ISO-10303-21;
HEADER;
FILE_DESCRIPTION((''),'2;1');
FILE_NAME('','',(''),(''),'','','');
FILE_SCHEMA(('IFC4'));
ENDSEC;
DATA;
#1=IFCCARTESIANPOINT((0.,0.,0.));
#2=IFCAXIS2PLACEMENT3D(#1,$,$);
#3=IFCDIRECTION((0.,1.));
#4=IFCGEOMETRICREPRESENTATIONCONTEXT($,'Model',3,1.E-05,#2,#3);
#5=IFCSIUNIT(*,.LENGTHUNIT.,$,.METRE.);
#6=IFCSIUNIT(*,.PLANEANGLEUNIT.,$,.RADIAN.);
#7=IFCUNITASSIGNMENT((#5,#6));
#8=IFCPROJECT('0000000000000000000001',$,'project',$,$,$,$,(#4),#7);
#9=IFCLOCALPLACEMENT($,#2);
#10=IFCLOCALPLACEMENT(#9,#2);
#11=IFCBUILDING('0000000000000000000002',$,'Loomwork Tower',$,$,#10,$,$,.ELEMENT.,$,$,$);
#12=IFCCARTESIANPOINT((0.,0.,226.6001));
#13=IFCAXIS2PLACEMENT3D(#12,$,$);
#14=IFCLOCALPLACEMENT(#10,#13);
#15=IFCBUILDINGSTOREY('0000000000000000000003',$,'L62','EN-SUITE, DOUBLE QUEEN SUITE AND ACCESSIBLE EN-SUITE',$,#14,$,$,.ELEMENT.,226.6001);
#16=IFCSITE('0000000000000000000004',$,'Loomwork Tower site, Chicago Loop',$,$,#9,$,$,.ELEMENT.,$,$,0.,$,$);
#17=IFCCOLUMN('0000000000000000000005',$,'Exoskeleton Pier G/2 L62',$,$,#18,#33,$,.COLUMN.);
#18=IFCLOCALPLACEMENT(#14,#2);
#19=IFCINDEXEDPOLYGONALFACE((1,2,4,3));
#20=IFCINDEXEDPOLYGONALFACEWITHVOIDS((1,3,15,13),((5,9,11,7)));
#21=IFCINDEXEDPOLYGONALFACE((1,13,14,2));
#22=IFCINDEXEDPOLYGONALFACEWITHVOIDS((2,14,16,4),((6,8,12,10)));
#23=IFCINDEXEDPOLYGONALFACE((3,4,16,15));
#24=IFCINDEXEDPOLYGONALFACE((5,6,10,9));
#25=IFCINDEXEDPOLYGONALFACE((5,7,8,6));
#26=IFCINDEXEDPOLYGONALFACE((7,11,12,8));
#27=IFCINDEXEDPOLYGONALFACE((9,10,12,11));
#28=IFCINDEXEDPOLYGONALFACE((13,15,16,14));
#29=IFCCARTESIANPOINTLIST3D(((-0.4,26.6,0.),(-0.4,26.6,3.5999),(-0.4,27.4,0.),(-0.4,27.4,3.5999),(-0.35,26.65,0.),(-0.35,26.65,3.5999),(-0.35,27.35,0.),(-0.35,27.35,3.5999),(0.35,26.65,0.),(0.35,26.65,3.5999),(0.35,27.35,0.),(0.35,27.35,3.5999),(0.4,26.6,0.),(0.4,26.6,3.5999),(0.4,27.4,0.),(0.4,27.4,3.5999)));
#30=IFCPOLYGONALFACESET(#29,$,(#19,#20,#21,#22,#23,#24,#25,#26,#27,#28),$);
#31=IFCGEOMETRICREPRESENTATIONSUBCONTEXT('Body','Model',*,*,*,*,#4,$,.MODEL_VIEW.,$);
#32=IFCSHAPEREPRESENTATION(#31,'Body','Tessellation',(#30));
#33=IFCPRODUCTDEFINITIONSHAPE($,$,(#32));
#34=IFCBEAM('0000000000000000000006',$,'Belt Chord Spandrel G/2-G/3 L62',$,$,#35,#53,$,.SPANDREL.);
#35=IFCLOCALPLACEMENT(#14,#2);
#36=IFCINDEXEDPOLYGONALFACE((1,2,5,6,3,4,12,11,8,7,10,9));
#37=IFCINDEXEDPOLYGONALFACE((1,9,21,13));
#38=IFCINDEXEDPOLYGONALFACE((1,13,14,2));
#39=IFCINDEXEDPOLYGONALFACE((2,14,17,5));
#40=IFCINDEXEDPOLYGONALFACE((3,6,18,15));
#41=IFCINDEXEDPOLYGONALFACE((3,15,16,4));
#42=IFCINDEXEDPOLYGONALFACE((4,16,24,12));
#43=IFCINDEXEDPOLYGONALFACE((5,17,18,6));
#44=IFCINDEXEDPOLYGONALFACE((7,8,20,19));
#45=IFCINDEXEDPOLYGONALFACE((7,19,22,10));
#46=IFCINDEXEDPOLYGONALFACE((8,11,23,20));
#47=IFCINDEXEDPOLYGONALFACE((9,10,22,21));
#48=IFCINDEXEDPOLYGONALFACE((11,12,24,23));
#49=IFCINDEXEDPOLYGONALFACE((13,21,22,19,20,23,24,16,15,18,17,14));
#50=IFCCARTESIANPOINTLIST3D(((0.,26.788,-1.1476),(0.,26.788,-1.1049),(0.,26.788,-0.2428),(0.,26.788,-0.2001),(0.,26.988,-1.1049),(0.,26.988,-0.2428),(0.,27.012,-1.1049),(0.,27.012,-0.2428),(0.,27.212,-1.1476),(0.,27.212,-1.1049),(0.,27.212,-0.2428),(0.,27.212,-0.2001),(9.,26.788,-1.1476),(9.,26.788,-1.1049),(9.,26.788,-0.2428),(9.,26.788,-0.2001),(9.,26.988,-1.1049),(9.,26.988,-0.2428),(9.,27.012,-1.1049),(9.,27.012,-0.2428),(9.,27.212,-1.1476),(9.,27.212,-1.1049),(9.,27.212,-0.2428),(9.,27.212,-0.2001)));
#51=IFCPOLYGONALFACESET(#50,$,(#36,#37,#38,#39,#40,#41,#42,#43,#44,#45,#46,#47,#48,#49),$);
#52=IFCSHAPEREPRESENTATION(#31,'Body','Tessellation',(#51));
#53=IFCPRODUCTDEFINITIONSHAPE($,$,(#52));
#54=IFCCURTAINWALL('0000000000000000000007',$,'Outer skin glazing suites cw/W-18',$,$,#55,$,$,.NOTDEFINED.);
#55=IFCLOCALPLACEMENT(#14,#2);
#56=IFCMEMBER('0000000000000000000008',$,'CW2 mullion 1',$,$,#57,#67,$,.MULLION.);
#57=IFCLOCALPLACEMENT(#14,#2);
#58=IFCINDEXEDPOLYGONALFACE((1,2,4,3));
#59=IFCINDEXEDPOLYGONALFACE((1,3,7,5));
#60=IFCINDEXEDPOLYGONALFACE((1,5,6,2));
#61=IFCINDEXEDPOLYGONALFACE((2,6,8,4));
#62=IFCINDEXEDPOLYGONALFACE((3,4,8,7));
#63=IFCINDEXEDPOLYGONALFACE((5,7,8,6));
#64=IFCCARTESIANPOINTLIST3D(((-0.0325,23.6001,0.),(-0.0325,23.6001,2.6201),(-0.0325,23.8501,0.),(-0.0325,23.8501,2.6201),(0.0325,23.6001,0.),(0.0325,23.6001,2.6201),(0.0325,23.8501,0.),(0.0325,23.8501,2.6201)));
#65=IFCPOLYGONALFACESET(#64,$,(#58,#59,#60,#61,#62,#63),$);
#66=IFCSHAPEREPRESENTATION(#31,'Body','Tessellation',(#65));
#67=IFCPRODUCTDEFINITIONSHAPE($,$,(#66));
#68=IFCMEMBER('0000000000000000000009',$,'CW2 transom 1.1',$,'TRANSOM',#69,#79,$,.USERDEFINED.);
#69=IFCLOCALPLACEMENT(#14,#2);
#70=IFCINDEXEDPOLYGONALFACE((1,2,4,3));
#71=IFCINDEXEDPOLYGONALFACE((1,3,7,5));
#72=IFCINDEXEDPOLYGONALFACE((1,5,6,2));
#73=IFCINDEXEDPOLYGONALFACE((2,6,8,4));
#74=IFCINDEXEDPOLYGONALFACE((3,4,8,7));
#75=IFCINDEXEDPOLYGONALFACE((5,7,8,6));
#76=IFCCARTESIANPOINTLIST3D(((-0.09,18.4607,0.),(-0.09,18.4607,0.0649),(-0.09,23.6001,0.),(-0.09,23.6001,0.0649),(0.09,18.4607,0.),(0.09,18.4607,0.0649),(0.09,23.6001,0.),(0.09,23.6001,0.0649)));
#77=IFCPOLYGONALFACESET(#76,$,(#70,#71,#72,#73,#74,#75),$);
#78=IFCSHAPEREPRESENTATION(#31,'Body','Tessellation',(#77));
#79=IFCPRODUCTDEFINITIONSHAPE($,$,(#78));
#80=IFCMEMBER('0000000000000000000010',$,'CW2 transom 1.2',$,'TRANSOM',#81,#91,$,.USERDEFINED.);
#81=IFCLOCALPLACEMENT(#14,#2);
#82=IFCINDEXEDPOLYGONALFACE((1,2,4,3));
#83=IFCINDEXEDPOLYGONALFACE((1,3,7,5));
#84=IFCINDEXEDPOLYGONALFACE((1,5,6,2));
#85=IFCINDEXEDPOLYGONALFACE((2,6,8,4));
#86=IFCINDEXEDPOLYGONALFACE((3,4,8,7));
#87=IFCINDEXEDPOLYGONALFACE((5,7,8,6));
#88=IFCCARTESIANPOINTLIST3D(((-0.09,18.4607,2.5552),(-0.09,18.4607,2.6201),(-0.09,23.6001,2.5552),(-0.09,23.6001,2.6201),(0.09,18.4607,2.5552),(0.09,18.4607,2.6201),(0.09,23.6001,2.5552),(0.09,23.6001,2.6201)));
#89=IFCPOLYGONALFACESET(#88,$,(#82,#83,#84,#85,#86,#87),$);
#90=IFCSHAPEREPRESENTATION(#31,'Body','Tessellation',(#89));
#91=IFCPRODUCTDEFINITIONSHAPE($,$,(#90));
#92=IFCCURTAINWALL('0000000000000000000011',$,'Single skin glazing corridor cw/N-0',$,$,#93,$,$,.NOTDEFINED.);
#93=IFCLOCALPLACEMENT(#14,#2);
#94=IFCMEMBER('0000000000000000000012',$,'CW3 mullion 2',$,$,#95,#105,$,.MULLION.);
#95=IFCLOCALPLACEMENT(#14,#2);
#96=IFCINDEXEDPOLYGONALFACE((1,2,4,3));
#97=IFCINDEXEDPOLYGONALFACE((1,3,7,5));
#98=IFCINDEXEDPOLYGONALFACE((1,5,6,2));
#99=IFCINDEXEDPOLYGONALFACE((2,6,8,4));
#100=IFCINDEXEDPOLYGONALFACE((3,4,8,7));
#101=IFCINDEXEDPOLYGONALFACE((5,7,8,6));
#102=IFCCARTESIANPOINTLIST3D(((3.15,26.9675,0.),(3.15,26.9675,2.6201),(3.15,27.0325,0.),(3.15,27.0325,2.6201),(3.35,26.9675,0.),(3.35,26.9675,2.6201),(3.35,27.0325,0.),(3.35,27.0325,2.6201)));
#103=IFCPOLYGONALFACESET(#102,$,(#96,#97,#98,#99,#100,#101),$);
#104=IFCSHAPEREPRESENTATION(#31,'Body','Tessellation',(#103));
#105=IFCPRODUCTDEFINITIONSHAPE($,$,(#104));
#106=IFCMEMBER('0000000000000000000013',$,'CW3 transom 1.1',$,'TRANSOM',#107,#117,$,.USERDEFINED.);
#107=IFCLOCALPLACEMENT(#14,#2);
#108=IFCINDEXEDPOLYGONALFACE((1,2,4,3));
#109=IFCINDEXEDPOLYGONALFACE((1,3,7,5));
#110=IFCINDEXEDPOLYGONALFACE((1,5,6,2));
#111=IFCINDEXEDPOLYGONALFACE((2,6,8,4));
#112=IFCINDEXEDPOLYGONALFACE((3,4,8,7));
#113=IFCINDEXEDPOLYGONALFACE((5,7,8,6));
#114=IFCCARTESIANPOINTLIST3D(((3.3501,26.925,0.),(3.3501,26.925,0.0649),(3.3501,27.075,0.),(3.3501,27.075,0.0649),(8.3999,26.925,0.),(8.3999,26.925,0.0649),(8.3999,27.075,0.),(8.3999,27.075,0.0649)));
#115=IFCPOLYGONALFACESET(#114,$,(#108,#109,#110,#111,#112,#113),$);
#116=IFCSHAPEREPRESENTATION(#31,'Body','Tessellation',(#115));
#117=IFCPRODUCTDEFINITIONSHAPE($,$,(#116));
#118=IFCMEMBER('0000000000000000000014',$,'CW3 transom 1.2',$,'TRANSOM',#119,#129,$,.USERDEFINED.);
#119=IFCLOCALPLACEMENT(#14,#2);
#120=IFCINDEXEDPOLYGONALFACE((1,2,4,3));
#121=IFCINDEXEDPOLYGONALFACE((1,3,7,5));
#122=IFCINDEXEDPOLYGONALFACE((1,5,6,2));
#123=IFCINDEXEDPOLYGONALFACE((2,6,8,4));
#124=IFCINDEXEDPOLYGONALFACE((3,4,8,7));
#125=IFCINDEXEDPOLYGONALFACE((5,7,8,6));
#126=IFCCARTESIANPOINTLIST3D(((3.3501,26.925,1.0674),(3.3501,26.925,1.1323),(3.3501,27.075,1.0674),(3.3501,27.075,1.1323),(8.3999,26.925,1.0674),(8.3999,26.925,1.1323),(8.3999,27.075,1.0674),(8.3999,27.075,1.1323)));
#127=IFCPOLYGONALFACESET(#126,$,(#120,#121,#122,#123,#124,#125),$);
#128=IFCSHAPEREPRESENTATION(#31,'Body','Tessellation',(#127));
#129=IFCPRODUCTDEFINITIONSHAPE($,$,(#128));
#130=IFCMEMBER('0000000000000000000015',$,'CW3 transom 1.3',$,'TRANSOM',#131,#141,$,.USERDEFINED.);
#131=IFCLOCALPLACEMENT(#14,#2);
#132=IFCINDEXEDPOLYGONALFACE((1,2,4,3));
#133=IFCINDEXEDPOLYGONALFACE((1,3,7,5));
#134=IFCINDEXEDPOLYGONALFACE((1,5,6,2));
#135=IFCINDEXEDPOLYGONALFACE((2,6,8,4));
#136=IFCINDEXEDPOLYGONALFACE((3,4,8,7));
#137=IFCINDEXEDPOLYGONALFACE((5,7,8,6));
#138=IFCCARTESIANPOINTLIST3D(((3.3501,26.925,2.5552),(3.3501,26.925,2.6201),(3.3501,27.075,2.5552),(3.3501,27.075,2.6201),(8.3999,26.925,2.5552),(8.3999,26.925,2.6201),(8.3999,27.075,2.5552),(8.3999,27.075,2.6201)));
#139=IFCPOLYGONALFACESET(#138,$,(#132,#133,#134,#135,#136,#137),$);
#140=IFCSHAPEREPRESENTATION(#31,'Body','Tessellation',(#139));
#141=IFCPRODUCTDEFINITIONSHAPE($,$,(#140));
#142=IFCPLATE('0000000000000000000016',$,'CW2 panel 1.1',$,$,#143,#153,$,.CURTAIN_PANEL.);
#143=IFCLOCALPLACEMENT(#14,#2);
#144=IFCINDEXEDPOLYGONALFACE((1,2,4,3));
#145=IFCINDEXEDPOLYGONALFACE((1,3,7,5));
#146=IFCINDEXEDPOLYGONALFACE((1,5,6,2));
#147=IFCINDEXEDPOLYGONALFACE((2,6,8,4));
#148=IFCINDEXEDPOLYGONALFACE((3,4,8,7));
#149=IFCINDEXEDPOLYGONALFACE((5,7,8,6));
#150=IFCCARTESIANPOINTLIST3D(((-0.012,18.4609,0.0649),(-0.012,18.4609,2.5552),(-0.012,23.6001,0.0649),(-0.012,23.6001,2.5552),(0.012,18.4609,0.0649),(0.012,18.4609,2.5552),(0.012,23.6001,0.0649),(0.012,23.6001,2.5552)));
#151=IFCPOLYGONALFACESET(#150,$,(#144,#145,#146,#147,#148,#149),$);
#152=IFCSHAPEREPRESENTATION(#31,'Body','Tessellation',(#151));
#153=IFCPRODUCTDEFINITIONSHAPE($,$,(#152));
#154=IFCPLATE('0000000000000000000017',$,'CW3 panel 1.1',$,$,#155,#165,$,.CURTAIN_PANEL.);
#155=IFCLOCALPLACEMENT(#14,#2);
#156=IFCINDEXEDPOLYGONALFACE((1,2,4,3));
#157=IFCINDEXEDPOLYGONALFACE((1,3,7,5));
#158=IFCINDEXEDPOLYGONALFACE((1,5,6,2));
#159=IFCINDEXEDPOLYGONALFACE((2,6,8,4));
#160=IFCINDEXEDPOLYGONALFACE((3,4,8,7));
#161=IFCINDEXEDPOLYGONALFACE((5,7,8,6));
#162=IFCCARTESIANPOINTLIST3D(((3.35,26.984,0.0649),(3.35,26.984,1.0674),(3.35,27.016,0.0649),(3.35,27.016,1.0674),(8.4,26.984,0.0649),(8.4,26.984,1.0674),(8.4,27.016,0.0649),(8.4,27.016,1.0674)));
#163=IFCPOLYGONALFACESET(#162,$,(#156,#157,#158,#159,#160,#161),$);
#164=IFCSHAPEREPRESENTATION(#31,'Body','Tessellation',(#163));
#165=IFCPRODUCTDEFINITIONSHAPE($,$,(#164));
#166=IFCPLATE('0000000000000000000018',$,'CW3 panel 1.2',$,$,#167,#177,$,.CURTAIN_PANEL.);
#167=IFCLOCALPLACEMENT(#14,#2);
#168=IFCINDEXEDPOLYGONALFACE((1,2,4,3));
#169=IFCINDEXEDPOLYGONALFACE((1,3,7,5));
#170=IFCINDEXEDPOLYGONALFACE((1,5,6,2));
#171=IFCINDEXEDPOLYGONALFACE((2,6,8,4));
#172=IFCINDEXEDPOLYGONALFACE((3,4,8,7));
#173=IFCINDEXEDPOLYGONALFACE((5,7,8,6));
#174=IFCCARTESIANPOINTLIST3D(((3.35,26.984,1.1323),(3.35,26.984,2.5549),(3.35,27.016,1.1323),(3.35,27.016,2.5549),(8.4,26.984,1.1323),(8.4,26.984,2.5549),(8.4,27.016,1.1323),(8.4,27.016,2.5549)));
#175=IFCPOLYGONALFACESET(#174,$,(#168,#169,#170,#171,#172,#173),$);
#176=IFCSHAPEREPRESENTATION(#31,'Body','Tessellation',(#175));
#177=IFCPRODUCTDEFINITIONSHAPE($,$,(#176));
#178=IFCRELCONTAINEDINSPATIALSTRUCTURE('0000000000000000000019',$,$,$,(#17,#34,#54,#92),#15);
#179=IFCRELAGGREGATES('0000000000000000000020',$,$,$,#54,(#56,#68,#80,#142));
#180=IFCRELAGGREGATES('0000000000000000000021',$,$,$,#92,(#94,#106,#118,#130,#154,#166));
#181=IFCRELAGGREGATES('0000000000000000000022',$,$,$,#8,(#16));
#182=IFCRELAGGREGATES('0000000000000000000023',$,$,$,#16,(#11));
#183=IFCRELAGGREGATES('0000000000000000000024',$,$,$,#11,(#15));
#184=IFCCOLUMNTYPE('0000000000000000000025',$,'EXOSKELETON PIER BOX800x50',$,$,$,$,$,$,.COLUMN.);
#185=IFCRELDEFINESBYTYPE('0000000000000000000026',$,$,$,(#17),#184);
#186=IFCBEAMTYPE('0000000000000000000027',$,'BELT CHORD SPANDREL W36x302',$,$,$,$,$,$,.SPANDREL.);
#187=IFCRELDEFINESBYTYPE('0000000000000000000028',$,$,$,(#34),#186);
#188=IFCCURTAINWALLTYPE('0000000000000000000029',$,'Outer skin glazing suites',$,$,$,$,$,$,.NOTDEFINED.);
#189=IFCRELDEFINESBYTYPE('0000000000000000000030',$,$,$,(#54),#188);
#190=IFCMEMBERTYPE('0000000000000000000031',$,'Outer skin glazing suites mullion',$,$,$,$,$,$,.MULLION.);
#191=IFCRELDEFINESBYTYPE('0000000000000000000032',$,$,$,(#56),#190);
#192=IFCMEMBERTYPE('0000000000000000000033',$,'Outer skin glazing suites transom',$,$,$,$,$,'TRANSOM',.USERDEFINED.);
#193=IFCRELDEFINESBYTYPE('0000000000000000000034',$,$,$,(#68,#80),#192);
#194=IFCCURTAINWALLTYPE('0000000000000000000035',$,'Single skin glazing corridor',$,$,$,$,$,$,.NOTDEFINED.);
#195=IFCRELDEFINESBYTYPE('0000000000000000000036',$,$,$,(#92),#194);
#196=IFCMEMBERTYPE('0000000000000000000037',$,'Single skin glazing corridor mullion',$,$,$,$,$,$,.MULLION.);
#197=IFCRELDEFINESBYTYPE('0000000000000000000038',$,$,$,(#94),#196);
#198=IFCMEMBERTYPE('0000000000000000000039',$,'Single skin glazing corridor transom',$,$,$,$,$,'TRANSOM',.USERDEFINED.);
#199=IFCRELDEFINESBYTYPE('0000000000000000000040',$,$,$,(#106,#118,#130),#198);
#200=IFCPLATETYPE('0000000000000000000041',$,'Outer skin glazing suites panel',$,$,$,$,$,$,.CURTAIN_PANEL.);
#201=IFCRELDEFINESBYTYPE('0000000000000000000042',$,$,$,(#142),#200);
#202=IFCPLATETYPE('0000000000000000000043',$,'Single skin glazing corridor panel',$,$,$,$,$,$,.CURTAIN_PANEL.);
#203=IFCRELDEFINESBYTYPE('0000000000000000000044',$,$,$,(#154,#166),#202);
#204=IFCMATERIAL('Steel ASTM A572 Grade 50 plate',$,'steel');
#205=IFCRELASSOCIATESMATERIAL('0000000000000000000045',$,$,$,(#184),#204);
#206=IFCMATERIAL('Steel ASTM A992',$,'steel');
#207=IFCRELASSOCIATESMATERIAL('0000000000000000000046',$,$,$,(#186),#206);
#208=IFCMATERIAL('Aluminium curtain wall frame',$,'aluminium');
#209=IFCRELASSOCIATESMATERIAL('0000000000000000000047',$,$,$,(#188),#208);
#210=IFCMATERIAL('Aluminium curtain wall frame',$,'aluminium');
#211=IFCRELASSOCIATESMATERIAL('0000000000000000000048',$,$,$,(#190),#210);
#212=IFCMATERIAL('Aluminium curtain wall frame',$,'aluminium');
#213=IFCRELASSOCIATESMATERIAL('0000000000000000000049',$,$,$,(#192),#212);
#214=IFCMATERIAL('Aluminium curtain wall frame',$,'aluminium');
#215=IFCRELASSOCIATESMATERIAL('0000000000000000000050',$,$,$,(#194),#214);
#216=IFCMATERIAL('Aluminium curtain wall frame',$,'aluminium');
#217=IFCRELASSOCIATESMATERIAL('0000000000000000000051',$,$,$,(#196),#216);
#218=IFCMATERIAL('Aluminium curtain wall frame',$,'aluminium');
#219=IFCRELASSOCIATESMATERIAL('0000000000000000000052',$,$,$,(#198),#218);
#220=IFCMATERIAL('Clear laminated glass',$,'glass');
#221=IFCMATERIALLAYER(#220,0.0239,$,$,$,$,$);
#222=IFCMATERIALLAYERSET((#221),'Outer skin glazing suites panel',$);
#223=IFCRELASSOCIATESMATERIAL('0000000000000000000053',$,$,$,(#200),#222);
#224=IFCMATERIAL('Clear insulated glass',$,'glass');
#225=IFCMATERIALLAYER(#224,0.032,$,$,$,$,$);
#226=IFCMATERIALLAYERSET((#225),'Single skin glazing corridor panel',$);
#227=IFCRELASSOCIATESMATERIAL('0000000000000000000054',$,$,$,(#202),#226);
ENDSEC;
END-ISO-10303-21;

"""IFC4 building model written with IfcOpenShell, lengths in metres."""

from ifc_helpers import new_model, si_unit, direction, frame, origin, origin_2d, place, context, subcontext, project, spatial, rectangle, hollow_rectangle, i_section, extrude, material, layer, layer_set, material_profile, profile_set, type_object, element, aggregate, save


model = new_model("IFC4")

# Units and contexts
model_context = context("Model", 3, precision=1e-05, world=origin(), true_north=direction((0.0, 1.0)))
body_context = subcontext(model_context, "Body", "Model", "MODEL_VIEW")
ifc_project = project(units=[si_unit("LENGTHUNIT", "METRE"), si_unit("PLANEANGLEUNIT", "RADIAN")], contexts=[model_context])

# Site, building, storey
site_placement = place(None, origin())
site = spatial("IfcSite", under=ifc_project, at=site_placement, Name="Loomwork Tower site, Chicago Loop", CompositionType="ELEMENT", RefElevation=0.0)
building_placement = place(site_placement, origin())
building = spatial("IfcBuilding", under=site, at=building_placement, Name="Loomwork Tower", CompositionType="ELEMENT")
storey_placement = place(building_placement, frame((0.0, 0.0, 226.6001)))
storey = spatial("IfcBuildingStorey", under=building, at=storey_placement, Name="L62", Description="EN-SUITE, DOUBLE QUEEN SUITE AND ACCESSIBLE EN-SUITE", CompositionType="ELEMENT", Elevation=226.6001)

# Column
ifc_material_1 = material(Name="Steel ASTM A572 Grade 50 plate", Category="steel")
ifc_material_profile_1 = material_profile(ifc_material_1, hollow_rectangle(XDim=0.8, YDim=0.8, WallThickness=0.05, at=origin_2d()), Name="BOX800x50")
ifc_profile_set_1 = profile_set([ifc_material_profile_1], Name="Steel ASTM A572 Grade 50 plate")
column_type = type_object("IfcColumnType", Name="EXOSKELETON PIER BOX800x50", PredefinedType="COLUMN", material=ifc_profile_set_1)
column_placement = place(storey_placement, frame((0.0, 27.0, 0.0), z_axis=(0.0, 0.0, 1.0), x_axis=(0.0, 1.0, 0.0)))
element("IfcColumn", 1, at=column_placement, inside=storey, type_object=column_type, Name="Exoskeleton Pier G/2 L62", PredefinedType="COLUMN", context=body_context, shape_type="SweptSolid", body=[
    extrude(hollow_rectangle(XDim=0.8, YDim=0.8, WallThickness=0.05, at=origin_2d()), origin(), (0.0, 0.0, 1.0), 3.5999),
])

# Beam
ifc_material_2 = material(Name="Steel ASTM A992", Category="steel")
ifc_material_profile_2 = material_profile(ifc_material_2, i_section(OverallWidth=0.4241, OverallDepth=0.9475, WebThickness=0.0239, FlangeThickness=0.0427, at=origin_2d()), Name="W36x302")
ifc_profile_set_2 = profile_set([ifc_material_profile_2], Name="Steel ASTM A992")
beam_type = type_object("IfcBeamType", Name="BELT CHORD SPANDREL W36x302", PredefinedType="SPANDREL", material=ifc_profile_set_2)
beam_placement = place(storey_placement, frame((0.0, 27.0, -0.6738), z_axis=(1.0, 0.0, 0.0), x_axis=(0.0, 1.0, 0.0)))
element("IfcBeam", 2, at=beam_placement, inside=storey, type_object=beam_type, Name="Belt Chord Spandrel G/2-G/3 L62", PredefinedType="SPANDREL", context=body_context, shape_type="SweptSolid", body=[
    extrude(i_section(OverallWidth=0.4241, OverallDepth=0.9475, WebThickness=0.0239, FlangeThickness=0.0427, at=origin_2d()), origin(), (0.0, 0.0, 1.0), 9.0),
])

# Curtain walls, members
ifc_material_3 = material(Name="Aluminium curtain wall frame", Category="aluminium")
curtain_wall_type_1 = type_object("IfcCurtainWallType", Name="Outer skin glazing suites", PredefinedType="NOTDEFINED", material=ifc_material_3)
curtain_wall_1_placement = place(storey_placement, origin())
curtain_wall_1 = element("IfcCurtainWall", 3, at=curtain_wall_1_placement, inside=storey, type_object=curtain_wall_type_1, Name="Outer skin glazing suites cw/W-18", PredefinedType="NOTDEFINED")
ifc_material_4 = material(Name="Aluminium curtain wall frame", Category="aluminium")
ifc_material_profile_3 = material_profile(ifc_material_4, rectangle(XDim=0.0649, YDim=0.25, at=origin_2d()), Name="AL 65x250")
ifc_profile_set_3 = profile_set([ifc_material_profile_3], Name="Aluminium curtain wall frame")
member_type_1 = type_object("IfcMemberType", Name="Outer skin glazing suites mullion", PredefinedType="MULLION", material=ifc_profile_set_3)
member_1_placement = place(storey_placement, frame((0.0, 23.7251, 0.0), z_axis=(0.0, 0.0, 1.0), x_axis=(1.0, 0.0, 0.0)))
member_1 = element("IfcMember", 4, at=member_1_placement, type_object=member_type_1, Name="CW2 mullion 1", PredefinedType="MULLION", context=body_context, shape_type="SweptSolid", body=[
    extrude(rectangle(XDim=0.0649, YDim=0.25, at=origin_2d()), origin(), (0.0, 0.0, 1.0), 2.6201),
])
ifc_material_5 = material(Name="Aluminium curtain wall frame", Category="aluminium")
ifc_material_profile_4 = material_profile(ifc_material_5, rectangle(XDim=0.1799, YDim=0.0649, at=origin_2d()), Name="AL 65x180")
ifc_profile_set_4 = profile_set([ifc_material_profile_4], Name="Aluminium curtain wall frame")
member_type_2 = type_object("IfcMemberType", Name="Outer skin glazing suites transom", ElementType="TRANSOM", PredefinedType="USERDEFINED", material=ifc_profile_set_4)
member_2_placement = place(storey_placement, frame((0.0, 23.6001, 0.0325), z_axis=(0.0, -1.0, 0.0), x_axis=(1.0, 0.0, 0.0)))
member_2 = element("IfcMember", 5, at=member_2_placement, type_object=member_type_2, Name="CW2 transom 1.1", ObjectType="TRANSOM", PredefinedType="USERDEFINED", context=body_context, shape_type="SweptSolid", body=[
    extrude(rectangle(XDim=0.1799, YDim=0.0649, at=origin_2d()), origin(), (0.0, 0.0, 1.0), 5.1394),
])
member_3_placement = place(storey_placement, frame((0.0, 23.6001, 2.5876), z_axis=(0.0, -1.0, 0.0), x_axis=(1.0, 0.0, 0.0)))
member_3 = element("IfcMember", 6, at=member_3_placement, type_object=member_type_2, Name="CW2 transom 1.2", ObjectType="TRANSOM", PredefinedType="USERDEFINED", context=body_context, shape_type="SweptSolid", body=[
    extrude(rectangle(XDim=0.1799, YDim=0.0649, at=origin_2d()), origin(), (0.0, 0.0, 1.0), 5.1394),
])
ifc_material_6 = material(Name="Aluminium curtain wall frame", Category="aluminium")
curtain_wall_type_2 = type_object("IfcCurtainWallType", Name="Single skin glazing corridor", PredefinedType="NOTDEFINED", material=ifc_material_6)
curtain_wall_2_placement = place(storey_placement, origin())
curtain_wall_2 = element("IfcCurtainWall", 7, at=curtain_wall_2_placement, inside=storey, type_object=curtain_wall_type_2, Name="Single skin glazing corridor cw/N-0", PredefinedType="NOTDEFINED")
ifc_material_7 = material(Name="Aluminium curtain wall frame", Category="aluminium")
ifc_material_profile_5 = material_profile(ifc_material_7, rectangle(XDim=0.0649, YDim=0.2, at=origin_2d()), Name="AL 65x200")
ifc_profile_set_5 = profile_set([ifc_material_profile_5], Name="Aluminium curtain wall frame")
member_type_3 = type_object("IfcMemberType", Name="Single skin glazing corridor mullion", PredefinedType="MULLION", material=ifc_profile_set_5)
member_4_placement = place(storey_placement, frame((3.25, 27.0, 0.0), z_axis=(0.0, 0.0, 1.0), x_axis=(0.0, -1.0, 0.0)))
member_4 = element("IfcMember", 8, at=member_4_placement, type_object=member_type_3, Name="CW3 mullion 2", PredefinedType="MULLION", context=body_context, shape_type="SweptSolid", body=[
    extrude(rectangle(XDim=0.0649, YDim=0.2, at=origin_2d()), origin(), (0.0, 0.0, 1.0), 2.6201),
])
ifc_material_8 = material(Name="Aluminium curtain wall frame", Category="aluminium")
ifc_material_profile_6 = material_profile(ifc_material_8, rectangle(XDim=0.1499, YDim=0.0649, at=origin_2d()), Name="AL 65x150")
ifc_profile_set_6 = profile_set([ifc_material_profile_6], Name="Aluminium curtain wall frame")
member_type_4 = type_object("IfcMemberType", Name="Single skin glazing corridor transom", ElementType="TRANSOM", PredefinedType="USERDEFINED", material=ifc_profile_set_6)
member_5_placement = place(storey_placement, frame((8.3999, 27.0, 0.0325), z_axis=(-1.0, 0.0, 0.0), x_axis=(0.0, -1.0, 0.0)))
member_5 = element("IfcMember", 9, at=member_5_placement, type_object=member_type_4, Name="CW3 transom 1.1", ObjectType="TRANSOM", PredefinedType="USERDEFINED", context=body_context, shape_type="SweptSolid", body=[
    extrude(rectangle(XDim=0.1499, YDim=0.0649, at=origin_2d()), origin(), (0.0, 0.0, 1.0), 5.0498),
])
member_6_placement = place(storey_placement, frame((8.3999, 27.0, 1.0999), z_axis=(-1.0, 0.0, 0.0), x_axis=(0.0, -1.0, 0.0)))
member_6 = element("IfcMember", 10, at=member_6_placement, type_object=member_type_4, Name="CW3 transom 1.2", ObjectType="TRANSOM", PredefinedType="USERDEFINED", context=body_context, shape_type="SweptSolid", body=[
    extrude(rectangle(XDim=0.1499, YDim=0.0649, at=origin_2d()), origin(), (0.0, 0.0, 1.0), 5.0498),
])
member_7_placement = place(storey_placement, frame((8.3999, 27.0, 2.5876), z_axis=(-1.0, 0.0, 0.0), x_axis=(0.0, -1.0, 0.0)))
member_7 = element("IfcMember", 11, at=member_7_placement, type_object=member_type_4, Name="CW3 transom 1.3", ObjectType="TRANSOM", PredefinedType="USERDEFINED", context=body_context, shape_type="SweptSolid", body=[
    extrude(rectangle(XDim=0.1499, YDim=0.0649, at=origin_2d()), origin(), (0.0, 0.0, 1.0), 5.0498),
])

# Plates
ifc_material_9 = material(Name="Clear laminated glass", Category="glass")
ifc_layer_1 = layer(ifc_material_9, 0.0239)
ifc_layer_set_1 = layer_set([ifc_layer_1], Name="Outer skin glazing suites panel")
plate_type_1 = type_object("IfcPlateType", Name="Outer skin glazing suites panel", PredefinedType="CURTAIN_PANEL", material=ifc_layer_set_1)
plate_1_placement = place(storey_placement, frame((0.0, 21.0305, 0.0649), z_axis=(0.0, 0.0, 1.0), x_axis=(0.0, -1.0, 0.0)))
plate_1 = element("IfcPlate", 12, at=plate_1_placement, type_object=plate_type_1, Name="CW2 panel 1.1", PredefinedType="CURTAIN_PANEL", context=body_context, shape_type="SweptSolid", body=[
    extrude(rectangle(XDim=5.1392, YDim=0.0239, at=origin_2d()), origin(), (0.0, 0.0, 1.0), 2.4902),
])
aggregate(curtain_wall_1, [member_1, member_2, member_3, plate_1])
ifc_material_10 = material(Name="Clear insulated glass", Category="glass")
ifc_layer_2 = layer(ifc_material_10, 0.032)
ifc_layer_set_2 = layer_set([ifc_layer_2], Name="Single skin glazing corridor panel")
plate_type_2 = type_object("IfcPlateType", Name="Single skin glazing corridor panel", PredefinedType="CURTAIN_PANEL", material=ifc_layer_set_2)
plate_2_placement = place(storey_placement, frame((5.875, 27.0, 0.0649), z_axis=(0.0, 0.0, 1.0), x_axis=(-1.0, 0.0, 0.0)))
plate_2 = element("IfcPlate", 13, at=plate_2_placement, type_object=plate_type_2, Name="CW3 panel 1.1", PredefinedType="CURTAIN_PANEL", context=body_context, shape_type="SweptSolid", body=[
    extrude(rectangle(XDim=5.05, YDim=0.032, at=origin_2d()), origin(), (0.0, 0.0, 1.0), 1.0024),
])
plate_3_placement = place(storey_placement, frame((5.875, 27.0, 1.1323), z_axis=(0.0, 0.0, 1.0), x_axis=(-1.0, 0.0, 0.0)))
plate_3 = element("IfcPlate", 14, at=plate_3_placement, type_object=plate_type_2, Name="CW3 panel 1.2", PredefinedType="CURTAIN_PANEL", context=body_context, shape_type="SweptSolid", body=[
    extrude(rectangle(XDim=5.05, YDim=0.032, at=origin_2d()), origin(), (0.0, 0.0, 1.0), 1.4226),
])
aggregate(curtain_wall_2, [member_4, member_5, member_6, member_7, plate_2, plate_3])

save(model, "model.ifc")
